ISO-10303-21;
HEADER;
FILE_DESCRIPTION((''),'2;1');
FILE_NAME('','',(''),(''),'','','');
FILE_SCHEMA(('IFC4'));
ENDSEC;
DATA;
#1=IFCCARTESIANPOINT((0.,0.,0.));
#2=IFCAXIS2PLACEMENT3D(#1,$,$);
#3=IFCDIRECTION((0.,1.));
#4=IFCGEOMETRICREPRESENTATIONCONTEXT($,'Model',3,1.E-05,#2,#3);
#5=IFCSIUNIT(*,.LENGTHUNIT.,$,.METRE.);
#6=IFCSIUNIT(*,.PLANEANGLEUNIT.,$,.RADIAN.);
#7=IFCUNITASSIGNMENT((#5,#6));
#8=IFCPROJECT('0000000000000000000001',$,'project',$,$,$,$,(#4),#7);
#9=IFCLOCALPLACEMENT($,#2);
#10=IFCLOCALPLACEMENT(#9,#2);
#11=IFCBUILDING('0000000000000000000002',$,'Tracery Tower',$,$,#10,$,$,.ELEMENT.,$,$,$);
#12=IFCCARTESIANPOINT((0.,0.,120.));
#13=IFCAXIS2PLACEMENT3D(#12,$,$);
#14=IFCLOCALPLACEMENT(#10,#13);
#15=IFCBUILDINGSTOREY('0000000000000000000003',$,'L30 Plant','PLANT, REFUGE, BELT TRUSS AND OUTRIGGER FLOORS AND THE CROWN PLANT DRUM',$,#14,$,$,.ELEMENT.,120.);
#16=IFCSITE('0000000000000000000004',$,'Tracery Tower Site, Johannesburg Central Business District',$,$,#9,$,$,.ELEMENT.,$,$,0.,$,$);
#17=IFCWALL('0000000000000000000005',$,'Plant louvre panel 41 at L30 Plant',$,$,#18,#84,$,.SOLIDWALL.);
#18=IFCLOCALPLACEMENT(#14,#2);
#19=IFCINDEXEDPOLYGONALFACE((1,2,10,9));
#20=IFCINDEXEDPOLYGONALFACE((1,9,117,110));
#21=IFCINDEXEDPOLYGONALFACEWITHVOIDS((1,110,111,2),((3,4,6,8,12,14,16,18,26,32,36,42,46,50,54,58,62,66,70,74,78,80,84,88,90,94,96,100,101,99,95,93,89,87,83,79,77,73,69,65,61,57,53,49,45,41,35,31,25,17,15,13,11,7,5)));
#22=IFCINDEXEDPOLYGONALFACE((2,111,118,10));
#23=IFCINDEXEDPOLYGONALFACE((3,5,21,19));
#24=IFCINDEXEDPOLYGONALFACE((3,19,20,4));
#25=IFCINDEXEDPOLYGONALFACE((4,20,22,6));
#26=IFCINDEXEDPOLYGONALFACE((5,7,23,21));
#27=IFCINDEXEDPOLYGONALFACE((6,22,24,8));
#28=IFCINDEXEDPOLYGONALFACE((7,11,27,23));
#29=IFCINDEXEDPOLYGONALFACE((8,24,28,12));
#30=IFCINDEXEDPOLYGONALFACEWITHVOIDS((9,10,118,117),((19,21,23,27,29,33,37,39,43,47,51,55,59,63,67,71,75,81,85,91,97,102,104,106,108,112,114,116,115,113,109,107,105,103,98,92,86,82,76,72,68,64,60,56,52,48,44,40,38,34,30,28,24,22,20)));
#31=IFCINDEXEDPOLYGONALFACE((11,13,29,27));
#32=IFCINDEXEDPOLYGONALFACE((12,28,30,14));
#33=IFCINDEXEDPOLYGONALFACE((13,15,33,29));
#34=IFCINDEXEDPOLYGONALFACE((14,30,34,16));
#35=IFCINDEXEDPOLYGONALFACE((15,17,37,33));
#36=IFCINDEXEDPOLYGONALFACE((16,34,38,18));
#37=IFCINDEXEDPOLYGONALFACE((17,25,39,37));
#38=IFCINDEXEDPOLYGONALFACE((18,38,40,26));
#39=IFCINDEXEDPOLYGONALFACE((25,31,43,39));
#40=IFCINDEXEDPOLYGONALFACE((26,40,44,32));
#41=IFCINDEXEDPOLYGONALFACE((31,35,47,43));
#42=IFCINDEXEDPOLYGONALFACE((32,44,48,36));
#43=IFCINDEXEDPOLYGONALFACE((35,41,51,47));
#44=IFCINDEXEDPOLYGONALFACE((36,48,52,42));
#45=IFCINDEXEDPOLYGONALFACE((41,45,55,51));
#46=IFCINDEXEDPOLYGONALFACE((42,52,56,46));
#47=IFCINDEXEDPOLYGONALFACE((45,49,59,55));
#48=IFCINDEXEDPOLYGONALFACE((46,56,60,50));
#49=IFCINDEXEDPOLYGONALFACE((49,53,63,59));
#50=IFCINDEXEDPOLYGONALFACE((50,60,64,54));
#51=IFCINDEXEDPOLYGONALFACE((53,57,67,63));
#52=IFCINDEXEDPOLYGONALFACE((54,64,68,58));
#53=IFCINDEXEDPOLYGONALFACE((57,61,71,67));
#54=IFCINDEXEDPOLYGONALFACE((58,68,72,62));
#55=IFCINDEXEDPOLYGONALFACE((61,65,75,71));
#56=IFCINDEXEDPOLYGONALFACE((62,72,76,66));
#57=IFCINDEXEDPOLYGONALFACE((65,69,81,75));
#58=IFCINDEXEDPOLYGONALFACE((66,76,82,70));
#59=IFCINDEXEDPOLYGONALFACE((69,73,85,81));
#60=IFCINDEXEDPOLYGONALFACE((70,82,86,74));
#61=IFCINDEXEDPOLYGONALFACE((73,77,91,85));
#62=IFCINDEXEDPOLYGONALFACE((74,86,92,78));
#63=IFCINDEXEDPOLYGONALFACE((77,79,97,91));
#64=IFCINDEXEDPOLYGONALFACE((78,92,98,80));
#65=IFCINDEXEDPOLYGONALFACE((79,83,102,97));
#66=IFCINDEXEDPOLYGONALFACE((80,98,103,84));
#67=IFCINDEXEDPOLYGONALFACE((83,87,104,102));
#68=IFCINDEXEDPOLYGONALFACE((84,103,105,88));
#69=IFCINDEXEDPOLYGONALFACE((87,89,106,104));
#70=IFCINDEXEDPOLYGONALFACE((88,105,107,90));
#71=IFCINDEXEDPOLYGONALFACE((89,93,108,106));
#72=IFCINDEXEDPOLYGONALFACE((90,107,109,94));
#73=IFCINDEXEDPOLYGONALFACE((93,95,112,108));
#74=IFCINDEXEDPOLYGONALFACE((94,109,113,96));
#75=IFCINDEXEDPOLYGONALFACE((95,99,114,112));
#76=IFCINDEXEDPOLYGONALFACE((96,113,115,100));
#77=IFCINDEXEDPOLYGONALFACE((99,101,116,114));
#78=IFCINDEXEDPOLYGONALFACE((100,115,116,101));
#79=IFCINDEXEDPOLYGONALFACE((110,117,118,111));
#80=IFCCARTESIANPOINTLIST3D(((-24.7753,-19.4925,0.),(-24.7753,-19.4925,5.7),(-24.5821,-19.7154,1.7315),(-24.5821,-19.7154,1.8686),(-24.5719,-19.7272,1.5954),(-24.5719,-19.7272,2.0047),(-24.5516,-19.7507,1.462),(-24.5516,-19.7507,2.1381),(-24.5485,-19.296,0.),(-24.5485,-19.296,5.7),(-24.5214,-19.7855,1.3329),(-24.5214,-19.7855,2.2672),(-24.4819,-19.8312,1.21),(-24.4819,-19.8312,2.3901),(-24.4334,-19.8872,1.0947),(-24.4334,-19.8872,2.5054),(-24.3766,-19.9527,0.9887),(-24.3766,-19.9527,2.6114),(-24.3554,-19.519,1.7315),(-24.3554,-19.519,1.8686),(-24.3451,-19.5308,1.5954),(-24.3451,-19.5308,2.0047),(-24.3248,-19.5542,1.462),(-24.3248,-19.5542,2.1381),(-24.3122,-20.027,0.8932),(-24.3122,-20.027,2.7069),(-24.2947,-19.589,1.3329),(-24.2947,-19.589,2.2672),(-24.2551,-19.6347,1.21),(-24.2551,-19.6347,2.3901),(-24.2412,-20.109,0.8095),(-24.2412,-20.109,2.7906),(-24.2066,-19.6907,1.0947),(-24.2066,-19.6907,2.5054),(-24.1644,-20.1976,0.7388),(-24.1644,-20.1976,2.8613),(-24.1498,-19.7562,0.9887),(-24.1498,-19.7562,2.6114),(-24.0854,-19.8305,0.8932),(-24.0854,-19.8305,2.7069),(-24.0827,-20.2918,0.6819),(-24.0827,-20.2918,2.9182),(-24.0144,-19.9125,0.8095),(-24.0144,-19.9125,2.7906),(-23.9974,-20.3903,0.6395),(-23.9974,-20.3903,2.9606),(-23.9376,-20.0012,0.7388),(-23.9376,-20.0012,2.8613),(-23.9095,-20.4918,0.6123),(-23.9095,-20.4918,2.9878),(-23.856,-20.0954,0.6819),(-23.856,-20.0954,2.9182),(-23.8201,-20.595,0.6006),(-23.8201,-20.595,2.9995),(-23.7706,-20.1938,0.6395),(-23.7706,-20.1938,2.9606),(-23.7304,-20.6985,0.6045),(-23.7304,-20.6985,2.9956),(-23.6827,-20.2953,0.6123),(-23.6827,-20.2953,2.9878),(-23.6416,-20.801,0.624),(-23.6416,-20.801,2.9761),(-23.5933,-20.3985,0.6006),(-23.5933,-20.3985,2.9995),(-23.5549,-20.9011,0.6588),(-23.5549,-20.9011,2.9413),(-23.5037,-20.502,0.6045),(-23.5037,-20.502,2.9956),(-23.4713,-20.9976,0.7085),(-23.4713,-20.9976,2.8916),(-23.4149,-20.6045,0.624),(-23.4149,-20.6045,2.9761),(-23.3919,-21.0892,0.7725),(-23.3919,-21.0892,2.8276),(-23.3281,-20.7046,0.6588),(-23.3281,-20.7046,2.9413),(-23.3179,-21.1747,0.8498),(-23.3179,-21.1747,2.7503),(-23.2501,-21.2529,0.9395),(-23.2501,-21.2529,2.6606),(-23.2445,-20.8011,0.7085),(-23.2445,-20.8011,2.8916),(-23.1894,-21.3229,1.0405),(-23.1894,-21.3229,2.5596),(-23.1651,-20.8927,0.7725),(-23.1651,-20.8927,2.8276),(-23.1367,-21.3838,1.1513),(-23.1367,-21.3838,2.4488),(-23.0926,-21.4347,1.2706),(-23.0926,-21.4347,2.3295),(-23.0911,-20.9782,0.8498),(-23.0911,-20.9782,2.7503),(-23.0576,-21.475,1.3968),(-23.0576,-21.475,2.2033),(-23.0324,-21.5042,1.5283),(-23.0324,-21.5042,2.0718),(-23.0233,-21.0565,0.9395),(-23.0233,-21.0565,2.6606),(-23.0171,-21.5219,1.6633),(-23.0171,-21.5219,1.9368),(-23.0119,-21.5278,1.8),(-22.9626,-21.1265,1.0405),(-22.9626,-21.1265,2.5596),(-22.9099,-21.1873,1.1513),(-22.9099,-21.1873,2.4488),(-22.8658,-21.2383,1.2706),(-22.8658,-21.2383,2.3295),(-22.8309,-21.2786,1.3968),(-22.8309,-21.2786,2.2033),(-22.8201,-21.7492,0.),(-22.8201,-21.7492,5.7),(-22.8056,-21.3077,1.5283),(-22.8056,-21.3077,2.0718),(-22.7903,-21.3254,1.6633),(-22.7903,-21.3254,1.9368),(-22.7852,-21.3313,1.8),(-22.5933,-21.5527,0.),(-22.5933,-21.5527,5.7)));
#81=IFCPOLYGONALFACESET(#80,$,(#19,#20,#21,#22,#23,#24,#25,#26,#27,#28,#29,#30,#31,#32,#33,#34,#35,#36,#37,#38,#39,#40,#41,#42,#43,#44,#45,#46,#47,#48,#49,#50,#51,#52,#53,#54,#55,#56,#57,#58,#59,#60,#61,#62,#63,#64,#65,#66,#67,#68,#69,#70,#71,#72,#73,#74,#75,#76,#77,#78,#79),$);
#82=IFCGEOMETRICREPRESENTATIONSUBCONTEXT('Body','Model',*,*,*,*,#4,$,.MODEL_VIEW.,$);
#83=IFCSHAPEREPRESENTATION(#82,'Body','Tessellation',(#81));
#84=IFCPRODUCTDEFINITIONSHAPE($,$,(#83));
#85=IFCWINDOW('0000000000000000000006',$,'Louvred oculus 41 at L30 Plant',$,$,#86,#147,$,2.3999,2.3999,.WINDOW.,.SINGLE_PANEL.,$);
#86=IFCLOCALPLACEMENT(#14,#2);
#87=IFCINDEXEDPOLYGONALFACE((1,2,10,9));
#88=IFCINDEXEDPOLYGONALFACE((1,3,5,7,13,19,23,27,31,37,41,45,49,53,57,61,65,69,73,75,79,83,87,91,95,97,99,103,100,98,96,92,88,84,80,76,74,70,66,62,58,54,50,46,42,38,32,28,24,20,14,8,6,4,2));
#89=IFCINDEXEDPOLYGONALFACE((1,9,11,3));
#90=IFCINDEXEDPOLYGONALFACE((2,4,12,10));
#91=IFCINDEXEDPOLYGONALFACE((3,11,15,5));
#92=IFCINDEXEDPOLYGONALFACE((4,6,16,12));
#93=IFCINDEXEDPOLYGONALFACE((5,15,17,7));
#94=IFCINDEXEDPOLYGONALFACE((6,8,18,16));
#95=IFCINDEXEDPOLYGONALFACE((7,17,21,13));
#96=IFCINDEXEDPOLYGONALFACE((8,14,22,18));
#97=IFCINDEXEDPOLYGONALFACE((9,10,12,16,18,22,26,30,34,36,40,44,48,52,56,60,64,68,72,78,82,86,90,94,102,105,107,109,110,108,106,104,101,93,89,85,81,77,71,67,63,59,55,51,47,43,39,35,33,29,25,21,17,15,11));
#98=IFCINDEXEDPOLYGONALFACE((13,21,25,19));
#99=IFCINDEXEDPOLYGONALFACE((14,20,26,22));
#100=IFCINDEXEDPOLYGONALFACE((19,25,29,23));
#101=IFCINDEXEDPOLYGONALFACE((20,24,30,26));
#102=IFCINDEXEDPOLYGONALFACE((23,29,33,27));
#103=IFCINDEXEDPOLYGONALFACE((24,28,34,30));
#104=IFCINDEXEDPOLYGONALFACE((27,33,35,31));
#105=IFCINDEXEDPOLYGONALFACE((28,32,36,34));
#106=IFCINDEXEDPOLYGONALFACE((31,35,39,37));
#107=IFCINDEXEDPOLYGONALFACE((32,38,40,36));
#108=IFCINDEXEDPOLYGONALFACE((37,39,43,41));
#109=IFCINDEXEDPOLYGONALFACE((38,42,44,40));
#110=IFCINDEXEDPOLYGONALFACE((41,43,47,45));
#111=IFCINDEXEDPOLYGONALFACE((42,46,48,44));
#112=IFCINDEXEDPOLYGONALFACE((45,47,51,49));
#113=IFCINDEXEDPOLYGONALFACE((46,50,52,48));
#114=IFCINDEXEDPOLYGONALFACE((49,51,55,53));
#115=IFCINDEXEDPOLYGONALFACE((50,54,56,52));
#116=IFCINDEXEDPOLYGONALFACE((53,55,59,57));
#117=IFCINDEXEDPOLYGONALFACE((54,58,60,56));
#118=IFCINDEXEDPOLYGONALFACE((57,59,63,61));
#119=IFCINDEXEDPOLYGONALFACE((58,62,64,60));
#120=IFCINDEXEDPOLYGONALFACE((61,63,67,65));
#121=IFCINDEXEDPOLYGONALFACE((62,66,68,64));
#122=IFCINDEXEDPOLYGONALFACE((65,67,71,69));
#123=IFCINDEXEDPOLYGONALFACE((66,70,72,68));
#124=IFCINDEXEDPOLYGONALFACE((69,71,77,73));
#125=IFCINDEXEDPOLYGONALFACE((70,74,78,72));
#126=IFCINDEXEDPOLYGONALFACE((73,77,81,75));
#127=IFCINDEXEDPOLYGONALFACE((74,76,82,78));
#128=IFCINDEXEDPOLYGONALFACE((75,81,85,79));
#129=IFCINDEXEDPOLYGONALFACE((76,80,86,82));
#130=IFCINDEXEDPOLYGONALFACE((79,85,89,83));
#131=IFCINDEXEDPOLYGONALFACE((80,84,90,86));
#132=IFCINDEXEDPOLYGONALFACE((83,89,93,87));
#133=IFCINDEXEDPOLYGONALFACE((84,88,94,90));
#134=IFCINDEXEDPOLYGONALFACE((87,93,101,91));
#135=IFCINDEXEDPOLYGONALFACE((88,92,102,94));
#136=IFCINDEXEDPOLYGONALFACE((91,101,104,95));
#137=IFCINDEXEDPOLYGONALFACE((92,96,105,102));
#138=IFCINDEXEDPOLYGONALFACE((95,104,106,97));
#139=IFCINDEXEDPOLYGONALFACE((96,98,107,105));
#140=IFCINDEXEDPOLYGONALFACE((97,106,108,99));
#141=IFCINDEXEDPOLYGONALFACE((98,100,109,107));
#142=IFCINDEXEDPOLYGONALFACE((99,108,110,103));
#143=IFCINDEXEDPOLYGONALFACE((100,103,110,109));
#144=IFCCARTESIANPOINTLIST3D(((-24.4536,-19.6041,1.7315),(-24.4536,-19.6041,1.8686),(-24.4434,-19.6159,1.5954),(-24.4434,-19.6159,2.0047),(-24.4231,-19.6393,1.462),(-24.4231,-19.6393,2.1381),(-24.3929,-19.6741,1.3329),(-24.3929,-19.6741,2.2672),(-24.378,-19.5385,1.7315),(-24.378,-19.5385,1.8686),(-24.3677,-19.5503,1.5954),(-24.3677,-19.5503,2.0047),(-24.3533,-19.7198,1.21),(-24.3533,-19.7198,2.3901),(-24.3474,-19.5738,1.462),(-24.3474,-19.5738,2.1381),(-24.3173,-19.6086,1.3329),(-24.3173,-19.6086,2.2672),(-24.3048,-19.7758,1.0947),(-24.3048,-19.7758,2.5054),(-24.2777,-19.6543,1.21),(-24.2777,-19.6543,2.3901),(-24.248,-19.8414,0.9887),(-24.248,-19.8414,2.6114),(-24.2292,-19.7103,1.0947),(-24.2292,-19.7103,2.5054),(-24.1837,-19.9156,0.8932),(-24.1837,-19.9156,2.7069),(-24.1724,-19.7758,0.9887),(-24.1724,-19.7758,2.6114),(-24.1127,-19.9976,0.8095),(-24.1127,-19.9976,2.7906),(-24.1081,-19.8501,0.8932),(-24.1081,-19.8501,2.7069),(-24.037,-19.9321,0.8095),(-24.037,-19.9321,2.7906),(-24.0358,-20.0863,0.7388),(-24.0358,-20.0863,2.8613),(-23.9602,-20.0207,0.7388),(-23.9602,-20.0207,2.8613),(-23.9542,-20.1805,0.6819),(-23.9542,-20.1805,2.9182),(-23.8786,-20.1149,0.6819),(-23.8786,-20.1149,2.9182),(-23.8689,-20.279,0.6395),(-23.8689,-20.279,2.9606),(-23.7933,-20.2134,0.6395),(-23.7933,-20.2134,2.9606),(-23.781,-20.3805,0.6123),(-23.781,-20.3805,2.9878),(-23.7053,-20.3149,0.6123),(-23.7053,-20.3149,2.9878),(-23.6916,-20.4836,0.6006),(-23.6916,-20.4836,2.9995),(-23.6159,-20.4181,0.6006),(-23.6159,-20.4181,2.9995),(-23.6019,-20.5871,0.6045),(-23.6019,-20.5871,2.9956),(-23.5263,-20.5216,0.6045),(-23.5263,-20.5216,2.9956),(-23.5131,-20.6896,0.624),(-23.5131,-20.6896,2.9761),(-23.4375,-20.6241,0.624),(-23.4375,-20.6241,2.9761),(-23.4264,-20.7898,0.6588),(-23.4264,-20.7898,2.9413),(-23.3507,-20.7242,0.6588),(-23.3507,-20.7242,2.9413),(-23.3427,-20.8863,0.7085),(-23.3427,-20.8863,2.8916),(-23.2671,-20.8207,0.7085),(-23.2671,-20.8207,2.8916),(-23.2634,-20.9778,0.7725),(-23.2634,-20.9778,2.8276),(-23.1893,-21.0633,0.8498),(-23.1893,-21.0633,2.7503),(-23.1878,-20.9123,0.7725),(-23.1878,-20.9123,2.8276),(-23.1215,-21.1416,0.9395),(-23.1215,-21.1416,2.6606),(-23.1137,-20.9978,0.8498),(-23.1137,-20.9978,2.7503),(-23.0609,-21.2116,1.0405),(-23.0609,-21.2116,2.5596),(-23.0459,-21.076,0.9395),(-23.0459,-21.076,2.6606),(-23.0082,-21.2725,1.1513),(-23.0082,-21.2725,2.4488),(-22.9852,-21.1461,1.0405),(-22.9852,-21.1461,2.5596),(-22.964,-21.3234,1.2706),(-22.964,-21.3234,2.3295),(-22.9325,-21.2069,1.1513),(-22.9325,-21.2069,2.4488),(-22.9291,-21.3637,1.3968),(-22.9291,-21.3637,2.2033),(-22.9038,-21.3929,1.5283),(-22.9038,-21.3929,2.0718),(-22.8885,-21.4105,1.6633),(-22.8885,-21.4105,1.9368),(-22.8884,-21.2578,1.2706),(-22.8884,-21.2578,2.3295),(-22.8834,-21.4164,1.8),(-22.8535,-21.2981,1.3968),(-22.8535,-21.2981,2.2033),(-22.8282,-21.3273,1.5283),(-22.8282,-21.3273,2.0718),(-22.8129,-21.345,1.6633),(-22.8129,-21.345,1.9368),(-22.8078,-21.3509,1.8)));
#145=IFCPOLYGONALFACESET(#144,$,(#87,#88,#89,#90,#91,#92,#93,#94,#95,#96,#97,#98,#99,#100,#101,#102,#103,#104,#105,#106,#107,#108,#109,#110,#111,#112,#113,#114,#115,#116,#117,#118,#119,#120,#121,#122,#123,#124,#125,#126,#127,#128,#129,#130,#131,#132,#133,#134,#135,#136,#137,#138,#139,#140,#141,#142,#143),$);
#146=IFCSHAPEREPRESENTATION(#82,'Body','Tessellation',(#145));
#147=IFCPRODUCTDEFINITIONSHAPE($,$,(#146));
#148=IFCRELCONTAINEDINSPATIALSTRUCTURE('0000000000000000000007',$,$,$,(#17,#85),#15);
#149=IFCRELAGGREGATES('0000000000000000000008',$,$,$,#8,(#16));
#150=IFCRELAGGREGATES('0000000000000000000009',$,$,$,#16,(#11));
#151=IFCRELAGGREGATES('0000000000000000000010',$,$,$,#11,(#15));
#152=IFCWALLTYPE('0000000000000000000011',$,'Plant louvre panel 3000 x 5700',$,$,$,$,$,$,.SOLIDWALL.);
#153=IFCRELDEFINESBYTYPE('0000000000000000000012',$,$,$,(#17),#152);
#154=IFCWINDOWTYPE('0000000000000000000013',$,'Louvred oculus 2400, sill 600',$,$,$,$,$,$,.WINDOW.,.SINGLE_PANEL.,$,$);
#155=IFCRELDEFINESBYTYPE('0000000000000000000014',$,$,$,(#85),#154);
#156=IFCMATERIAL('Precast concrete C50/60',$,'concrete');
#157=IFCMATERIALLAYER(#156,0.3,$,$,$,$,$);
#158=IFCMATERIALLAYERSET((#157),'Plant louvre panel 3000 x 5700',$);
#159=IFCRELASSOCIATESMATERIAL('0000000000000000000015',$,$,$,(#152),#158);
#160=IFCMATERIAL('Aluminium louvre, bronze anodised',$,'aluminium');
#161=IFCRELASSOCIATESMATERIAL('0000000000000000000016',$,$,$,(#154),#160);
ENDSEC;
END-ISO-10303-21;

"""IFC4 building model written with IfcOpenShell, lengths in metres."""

from ifc_helpers import new_model, si_unit, direction, frame, frame_2d, origin, origin_2d, place, context, subcontext, project, spatial, rectangle, circle, extrude, material, layer, layer_set, type_object, element, fill, save


model = new_model("IFC4")

# Units and contexts
model_context = context("Model", 3, precision=1e-05, world=origin(), true_north=direction((0.0, 1.0)))
body_context = subcontext(model_context, "Body", "Model", "MODEL_VIEW")
ifc_project = project(units=[si_unit("LENGTHUNIT", "METRE"), si_unit("PLANEANGLEUNIT", "RADIAN")], contexts=[model_context])

# Site, building, storey
site_placement = place(None, origin())
site = spatial("IfcSite", under=ifc_project, at=site_placement, Name="Tracery Tower Site, Johannesburg Central Business District", CompositionType="ELEMENT", RefElevation=0.0)
building_placement = place(site_placement, origin())
building = spatial("IfcBuilding", under=site, at=building_placement, Name="Tracery Tower", CompositionType="ELEMENT")
storey_placement = place(building_placement, frame((0.0, 0.0, 120.0)))
storey = spatial("IfcBuildingStorey", under=building, at=storey_placement, Name="L30 Plant", Description="PLANT, REFUGE, BELT TRUSS AND OUTRIGGER FLOORS AND THE CROWN PLANT DRUM", CompositionType="ELEMENT", Elevation=120.0)

# Wall, opening, window
ifc_material_1 = material(Name="Precast concrete C50/60", Category="concrete")
ifc_layer_1 = layer(ifc_material_1, 0.3)
ifc_layer_set_1 = layer_set([ifc_layer_1], Name="Plant louvre panel 3000 x 5700")
wall_type_1 = type_object("IfcWallType", Name="Plant louvre panel 3000 x 5700", PredefinedType="SOLIDWALL", material=ifc_layer_set_1)
wall_1_placement = place(storey_placement, frame((-24.6619, -19.3943, 0.0), z_axis=(0.0, 0.0, 1.0), x_axis=(0.654809, -0.755794, 0.0)))
wall_1 = element("IfcWall", 1, at=wall_1_placement, inside=storey, type_object=wall_type_1, Name="Plant louvre panel 41 at L30 Plant", PredefinedType="SOLIDWALL", context=body_context, shape_type="SweptSolid", body=[
    extrude(rectangle(XDim=2.9858, YDim=0.3, at=frame_2d((1.4929, 0.0))), origin(), (0.0, 0.0, 1.0), 5.7),
])
opening_1_placement = place(wall_1_placement, frame((1.4929, 0.0, 1.8)))
opening_1 = element("IfcOpeningElement", 2, at=opening_1_placement, cuts=wall_1, PredefinedType="OPENING", context=body_context, shape_type="SweptSolid", body=[
    extrude(circle(Radius=1.2, at=origin_2d()), frame((0.0, 0.1599, 0.0), z_axis=(0.0, -1.0, 0.0), x_axis=(1.0, 0.0, 0.0)), (0.0, 0.0, 1.0), 0.3201),
])
ifc_material_2 = material(Name="Aluminium louvre, bronze anodised", Category="aluminium")
window_type = type_object("IfcWindowType", Name="Louvred oculus 2400, sill 600", PartitioningType="SINGLE_PANEL", PredefinedType="WINDOW", material=ifc_material_2)
window_1_placement = place(opening_1_placement, origin())
window_1 = element("IfcWindow", 3, at=window_1_placement, inside=storey, type_object=window_type, Name="Louvred oculus 41 at L30 Plant", OverallHeight=2.3999, OverallWidth=2.3999, PartitioningType="SINGLE_PANEL", PredefinedType="WINDOW", context=body_context, shape_type="SweptSolid", body=[
    extrude(circle(Radius=1.2, at=origin_2d()), frame((0.0, 0.1201, 0.0), z_axis=(0.0, -1.0, 0.0), x_axis=(1.0, 0.0, 0.0)), (0.0, 0.0, 1.0), 0.1001),
])
fill(opening_1, window_1)

save(model, "model.ifc")
